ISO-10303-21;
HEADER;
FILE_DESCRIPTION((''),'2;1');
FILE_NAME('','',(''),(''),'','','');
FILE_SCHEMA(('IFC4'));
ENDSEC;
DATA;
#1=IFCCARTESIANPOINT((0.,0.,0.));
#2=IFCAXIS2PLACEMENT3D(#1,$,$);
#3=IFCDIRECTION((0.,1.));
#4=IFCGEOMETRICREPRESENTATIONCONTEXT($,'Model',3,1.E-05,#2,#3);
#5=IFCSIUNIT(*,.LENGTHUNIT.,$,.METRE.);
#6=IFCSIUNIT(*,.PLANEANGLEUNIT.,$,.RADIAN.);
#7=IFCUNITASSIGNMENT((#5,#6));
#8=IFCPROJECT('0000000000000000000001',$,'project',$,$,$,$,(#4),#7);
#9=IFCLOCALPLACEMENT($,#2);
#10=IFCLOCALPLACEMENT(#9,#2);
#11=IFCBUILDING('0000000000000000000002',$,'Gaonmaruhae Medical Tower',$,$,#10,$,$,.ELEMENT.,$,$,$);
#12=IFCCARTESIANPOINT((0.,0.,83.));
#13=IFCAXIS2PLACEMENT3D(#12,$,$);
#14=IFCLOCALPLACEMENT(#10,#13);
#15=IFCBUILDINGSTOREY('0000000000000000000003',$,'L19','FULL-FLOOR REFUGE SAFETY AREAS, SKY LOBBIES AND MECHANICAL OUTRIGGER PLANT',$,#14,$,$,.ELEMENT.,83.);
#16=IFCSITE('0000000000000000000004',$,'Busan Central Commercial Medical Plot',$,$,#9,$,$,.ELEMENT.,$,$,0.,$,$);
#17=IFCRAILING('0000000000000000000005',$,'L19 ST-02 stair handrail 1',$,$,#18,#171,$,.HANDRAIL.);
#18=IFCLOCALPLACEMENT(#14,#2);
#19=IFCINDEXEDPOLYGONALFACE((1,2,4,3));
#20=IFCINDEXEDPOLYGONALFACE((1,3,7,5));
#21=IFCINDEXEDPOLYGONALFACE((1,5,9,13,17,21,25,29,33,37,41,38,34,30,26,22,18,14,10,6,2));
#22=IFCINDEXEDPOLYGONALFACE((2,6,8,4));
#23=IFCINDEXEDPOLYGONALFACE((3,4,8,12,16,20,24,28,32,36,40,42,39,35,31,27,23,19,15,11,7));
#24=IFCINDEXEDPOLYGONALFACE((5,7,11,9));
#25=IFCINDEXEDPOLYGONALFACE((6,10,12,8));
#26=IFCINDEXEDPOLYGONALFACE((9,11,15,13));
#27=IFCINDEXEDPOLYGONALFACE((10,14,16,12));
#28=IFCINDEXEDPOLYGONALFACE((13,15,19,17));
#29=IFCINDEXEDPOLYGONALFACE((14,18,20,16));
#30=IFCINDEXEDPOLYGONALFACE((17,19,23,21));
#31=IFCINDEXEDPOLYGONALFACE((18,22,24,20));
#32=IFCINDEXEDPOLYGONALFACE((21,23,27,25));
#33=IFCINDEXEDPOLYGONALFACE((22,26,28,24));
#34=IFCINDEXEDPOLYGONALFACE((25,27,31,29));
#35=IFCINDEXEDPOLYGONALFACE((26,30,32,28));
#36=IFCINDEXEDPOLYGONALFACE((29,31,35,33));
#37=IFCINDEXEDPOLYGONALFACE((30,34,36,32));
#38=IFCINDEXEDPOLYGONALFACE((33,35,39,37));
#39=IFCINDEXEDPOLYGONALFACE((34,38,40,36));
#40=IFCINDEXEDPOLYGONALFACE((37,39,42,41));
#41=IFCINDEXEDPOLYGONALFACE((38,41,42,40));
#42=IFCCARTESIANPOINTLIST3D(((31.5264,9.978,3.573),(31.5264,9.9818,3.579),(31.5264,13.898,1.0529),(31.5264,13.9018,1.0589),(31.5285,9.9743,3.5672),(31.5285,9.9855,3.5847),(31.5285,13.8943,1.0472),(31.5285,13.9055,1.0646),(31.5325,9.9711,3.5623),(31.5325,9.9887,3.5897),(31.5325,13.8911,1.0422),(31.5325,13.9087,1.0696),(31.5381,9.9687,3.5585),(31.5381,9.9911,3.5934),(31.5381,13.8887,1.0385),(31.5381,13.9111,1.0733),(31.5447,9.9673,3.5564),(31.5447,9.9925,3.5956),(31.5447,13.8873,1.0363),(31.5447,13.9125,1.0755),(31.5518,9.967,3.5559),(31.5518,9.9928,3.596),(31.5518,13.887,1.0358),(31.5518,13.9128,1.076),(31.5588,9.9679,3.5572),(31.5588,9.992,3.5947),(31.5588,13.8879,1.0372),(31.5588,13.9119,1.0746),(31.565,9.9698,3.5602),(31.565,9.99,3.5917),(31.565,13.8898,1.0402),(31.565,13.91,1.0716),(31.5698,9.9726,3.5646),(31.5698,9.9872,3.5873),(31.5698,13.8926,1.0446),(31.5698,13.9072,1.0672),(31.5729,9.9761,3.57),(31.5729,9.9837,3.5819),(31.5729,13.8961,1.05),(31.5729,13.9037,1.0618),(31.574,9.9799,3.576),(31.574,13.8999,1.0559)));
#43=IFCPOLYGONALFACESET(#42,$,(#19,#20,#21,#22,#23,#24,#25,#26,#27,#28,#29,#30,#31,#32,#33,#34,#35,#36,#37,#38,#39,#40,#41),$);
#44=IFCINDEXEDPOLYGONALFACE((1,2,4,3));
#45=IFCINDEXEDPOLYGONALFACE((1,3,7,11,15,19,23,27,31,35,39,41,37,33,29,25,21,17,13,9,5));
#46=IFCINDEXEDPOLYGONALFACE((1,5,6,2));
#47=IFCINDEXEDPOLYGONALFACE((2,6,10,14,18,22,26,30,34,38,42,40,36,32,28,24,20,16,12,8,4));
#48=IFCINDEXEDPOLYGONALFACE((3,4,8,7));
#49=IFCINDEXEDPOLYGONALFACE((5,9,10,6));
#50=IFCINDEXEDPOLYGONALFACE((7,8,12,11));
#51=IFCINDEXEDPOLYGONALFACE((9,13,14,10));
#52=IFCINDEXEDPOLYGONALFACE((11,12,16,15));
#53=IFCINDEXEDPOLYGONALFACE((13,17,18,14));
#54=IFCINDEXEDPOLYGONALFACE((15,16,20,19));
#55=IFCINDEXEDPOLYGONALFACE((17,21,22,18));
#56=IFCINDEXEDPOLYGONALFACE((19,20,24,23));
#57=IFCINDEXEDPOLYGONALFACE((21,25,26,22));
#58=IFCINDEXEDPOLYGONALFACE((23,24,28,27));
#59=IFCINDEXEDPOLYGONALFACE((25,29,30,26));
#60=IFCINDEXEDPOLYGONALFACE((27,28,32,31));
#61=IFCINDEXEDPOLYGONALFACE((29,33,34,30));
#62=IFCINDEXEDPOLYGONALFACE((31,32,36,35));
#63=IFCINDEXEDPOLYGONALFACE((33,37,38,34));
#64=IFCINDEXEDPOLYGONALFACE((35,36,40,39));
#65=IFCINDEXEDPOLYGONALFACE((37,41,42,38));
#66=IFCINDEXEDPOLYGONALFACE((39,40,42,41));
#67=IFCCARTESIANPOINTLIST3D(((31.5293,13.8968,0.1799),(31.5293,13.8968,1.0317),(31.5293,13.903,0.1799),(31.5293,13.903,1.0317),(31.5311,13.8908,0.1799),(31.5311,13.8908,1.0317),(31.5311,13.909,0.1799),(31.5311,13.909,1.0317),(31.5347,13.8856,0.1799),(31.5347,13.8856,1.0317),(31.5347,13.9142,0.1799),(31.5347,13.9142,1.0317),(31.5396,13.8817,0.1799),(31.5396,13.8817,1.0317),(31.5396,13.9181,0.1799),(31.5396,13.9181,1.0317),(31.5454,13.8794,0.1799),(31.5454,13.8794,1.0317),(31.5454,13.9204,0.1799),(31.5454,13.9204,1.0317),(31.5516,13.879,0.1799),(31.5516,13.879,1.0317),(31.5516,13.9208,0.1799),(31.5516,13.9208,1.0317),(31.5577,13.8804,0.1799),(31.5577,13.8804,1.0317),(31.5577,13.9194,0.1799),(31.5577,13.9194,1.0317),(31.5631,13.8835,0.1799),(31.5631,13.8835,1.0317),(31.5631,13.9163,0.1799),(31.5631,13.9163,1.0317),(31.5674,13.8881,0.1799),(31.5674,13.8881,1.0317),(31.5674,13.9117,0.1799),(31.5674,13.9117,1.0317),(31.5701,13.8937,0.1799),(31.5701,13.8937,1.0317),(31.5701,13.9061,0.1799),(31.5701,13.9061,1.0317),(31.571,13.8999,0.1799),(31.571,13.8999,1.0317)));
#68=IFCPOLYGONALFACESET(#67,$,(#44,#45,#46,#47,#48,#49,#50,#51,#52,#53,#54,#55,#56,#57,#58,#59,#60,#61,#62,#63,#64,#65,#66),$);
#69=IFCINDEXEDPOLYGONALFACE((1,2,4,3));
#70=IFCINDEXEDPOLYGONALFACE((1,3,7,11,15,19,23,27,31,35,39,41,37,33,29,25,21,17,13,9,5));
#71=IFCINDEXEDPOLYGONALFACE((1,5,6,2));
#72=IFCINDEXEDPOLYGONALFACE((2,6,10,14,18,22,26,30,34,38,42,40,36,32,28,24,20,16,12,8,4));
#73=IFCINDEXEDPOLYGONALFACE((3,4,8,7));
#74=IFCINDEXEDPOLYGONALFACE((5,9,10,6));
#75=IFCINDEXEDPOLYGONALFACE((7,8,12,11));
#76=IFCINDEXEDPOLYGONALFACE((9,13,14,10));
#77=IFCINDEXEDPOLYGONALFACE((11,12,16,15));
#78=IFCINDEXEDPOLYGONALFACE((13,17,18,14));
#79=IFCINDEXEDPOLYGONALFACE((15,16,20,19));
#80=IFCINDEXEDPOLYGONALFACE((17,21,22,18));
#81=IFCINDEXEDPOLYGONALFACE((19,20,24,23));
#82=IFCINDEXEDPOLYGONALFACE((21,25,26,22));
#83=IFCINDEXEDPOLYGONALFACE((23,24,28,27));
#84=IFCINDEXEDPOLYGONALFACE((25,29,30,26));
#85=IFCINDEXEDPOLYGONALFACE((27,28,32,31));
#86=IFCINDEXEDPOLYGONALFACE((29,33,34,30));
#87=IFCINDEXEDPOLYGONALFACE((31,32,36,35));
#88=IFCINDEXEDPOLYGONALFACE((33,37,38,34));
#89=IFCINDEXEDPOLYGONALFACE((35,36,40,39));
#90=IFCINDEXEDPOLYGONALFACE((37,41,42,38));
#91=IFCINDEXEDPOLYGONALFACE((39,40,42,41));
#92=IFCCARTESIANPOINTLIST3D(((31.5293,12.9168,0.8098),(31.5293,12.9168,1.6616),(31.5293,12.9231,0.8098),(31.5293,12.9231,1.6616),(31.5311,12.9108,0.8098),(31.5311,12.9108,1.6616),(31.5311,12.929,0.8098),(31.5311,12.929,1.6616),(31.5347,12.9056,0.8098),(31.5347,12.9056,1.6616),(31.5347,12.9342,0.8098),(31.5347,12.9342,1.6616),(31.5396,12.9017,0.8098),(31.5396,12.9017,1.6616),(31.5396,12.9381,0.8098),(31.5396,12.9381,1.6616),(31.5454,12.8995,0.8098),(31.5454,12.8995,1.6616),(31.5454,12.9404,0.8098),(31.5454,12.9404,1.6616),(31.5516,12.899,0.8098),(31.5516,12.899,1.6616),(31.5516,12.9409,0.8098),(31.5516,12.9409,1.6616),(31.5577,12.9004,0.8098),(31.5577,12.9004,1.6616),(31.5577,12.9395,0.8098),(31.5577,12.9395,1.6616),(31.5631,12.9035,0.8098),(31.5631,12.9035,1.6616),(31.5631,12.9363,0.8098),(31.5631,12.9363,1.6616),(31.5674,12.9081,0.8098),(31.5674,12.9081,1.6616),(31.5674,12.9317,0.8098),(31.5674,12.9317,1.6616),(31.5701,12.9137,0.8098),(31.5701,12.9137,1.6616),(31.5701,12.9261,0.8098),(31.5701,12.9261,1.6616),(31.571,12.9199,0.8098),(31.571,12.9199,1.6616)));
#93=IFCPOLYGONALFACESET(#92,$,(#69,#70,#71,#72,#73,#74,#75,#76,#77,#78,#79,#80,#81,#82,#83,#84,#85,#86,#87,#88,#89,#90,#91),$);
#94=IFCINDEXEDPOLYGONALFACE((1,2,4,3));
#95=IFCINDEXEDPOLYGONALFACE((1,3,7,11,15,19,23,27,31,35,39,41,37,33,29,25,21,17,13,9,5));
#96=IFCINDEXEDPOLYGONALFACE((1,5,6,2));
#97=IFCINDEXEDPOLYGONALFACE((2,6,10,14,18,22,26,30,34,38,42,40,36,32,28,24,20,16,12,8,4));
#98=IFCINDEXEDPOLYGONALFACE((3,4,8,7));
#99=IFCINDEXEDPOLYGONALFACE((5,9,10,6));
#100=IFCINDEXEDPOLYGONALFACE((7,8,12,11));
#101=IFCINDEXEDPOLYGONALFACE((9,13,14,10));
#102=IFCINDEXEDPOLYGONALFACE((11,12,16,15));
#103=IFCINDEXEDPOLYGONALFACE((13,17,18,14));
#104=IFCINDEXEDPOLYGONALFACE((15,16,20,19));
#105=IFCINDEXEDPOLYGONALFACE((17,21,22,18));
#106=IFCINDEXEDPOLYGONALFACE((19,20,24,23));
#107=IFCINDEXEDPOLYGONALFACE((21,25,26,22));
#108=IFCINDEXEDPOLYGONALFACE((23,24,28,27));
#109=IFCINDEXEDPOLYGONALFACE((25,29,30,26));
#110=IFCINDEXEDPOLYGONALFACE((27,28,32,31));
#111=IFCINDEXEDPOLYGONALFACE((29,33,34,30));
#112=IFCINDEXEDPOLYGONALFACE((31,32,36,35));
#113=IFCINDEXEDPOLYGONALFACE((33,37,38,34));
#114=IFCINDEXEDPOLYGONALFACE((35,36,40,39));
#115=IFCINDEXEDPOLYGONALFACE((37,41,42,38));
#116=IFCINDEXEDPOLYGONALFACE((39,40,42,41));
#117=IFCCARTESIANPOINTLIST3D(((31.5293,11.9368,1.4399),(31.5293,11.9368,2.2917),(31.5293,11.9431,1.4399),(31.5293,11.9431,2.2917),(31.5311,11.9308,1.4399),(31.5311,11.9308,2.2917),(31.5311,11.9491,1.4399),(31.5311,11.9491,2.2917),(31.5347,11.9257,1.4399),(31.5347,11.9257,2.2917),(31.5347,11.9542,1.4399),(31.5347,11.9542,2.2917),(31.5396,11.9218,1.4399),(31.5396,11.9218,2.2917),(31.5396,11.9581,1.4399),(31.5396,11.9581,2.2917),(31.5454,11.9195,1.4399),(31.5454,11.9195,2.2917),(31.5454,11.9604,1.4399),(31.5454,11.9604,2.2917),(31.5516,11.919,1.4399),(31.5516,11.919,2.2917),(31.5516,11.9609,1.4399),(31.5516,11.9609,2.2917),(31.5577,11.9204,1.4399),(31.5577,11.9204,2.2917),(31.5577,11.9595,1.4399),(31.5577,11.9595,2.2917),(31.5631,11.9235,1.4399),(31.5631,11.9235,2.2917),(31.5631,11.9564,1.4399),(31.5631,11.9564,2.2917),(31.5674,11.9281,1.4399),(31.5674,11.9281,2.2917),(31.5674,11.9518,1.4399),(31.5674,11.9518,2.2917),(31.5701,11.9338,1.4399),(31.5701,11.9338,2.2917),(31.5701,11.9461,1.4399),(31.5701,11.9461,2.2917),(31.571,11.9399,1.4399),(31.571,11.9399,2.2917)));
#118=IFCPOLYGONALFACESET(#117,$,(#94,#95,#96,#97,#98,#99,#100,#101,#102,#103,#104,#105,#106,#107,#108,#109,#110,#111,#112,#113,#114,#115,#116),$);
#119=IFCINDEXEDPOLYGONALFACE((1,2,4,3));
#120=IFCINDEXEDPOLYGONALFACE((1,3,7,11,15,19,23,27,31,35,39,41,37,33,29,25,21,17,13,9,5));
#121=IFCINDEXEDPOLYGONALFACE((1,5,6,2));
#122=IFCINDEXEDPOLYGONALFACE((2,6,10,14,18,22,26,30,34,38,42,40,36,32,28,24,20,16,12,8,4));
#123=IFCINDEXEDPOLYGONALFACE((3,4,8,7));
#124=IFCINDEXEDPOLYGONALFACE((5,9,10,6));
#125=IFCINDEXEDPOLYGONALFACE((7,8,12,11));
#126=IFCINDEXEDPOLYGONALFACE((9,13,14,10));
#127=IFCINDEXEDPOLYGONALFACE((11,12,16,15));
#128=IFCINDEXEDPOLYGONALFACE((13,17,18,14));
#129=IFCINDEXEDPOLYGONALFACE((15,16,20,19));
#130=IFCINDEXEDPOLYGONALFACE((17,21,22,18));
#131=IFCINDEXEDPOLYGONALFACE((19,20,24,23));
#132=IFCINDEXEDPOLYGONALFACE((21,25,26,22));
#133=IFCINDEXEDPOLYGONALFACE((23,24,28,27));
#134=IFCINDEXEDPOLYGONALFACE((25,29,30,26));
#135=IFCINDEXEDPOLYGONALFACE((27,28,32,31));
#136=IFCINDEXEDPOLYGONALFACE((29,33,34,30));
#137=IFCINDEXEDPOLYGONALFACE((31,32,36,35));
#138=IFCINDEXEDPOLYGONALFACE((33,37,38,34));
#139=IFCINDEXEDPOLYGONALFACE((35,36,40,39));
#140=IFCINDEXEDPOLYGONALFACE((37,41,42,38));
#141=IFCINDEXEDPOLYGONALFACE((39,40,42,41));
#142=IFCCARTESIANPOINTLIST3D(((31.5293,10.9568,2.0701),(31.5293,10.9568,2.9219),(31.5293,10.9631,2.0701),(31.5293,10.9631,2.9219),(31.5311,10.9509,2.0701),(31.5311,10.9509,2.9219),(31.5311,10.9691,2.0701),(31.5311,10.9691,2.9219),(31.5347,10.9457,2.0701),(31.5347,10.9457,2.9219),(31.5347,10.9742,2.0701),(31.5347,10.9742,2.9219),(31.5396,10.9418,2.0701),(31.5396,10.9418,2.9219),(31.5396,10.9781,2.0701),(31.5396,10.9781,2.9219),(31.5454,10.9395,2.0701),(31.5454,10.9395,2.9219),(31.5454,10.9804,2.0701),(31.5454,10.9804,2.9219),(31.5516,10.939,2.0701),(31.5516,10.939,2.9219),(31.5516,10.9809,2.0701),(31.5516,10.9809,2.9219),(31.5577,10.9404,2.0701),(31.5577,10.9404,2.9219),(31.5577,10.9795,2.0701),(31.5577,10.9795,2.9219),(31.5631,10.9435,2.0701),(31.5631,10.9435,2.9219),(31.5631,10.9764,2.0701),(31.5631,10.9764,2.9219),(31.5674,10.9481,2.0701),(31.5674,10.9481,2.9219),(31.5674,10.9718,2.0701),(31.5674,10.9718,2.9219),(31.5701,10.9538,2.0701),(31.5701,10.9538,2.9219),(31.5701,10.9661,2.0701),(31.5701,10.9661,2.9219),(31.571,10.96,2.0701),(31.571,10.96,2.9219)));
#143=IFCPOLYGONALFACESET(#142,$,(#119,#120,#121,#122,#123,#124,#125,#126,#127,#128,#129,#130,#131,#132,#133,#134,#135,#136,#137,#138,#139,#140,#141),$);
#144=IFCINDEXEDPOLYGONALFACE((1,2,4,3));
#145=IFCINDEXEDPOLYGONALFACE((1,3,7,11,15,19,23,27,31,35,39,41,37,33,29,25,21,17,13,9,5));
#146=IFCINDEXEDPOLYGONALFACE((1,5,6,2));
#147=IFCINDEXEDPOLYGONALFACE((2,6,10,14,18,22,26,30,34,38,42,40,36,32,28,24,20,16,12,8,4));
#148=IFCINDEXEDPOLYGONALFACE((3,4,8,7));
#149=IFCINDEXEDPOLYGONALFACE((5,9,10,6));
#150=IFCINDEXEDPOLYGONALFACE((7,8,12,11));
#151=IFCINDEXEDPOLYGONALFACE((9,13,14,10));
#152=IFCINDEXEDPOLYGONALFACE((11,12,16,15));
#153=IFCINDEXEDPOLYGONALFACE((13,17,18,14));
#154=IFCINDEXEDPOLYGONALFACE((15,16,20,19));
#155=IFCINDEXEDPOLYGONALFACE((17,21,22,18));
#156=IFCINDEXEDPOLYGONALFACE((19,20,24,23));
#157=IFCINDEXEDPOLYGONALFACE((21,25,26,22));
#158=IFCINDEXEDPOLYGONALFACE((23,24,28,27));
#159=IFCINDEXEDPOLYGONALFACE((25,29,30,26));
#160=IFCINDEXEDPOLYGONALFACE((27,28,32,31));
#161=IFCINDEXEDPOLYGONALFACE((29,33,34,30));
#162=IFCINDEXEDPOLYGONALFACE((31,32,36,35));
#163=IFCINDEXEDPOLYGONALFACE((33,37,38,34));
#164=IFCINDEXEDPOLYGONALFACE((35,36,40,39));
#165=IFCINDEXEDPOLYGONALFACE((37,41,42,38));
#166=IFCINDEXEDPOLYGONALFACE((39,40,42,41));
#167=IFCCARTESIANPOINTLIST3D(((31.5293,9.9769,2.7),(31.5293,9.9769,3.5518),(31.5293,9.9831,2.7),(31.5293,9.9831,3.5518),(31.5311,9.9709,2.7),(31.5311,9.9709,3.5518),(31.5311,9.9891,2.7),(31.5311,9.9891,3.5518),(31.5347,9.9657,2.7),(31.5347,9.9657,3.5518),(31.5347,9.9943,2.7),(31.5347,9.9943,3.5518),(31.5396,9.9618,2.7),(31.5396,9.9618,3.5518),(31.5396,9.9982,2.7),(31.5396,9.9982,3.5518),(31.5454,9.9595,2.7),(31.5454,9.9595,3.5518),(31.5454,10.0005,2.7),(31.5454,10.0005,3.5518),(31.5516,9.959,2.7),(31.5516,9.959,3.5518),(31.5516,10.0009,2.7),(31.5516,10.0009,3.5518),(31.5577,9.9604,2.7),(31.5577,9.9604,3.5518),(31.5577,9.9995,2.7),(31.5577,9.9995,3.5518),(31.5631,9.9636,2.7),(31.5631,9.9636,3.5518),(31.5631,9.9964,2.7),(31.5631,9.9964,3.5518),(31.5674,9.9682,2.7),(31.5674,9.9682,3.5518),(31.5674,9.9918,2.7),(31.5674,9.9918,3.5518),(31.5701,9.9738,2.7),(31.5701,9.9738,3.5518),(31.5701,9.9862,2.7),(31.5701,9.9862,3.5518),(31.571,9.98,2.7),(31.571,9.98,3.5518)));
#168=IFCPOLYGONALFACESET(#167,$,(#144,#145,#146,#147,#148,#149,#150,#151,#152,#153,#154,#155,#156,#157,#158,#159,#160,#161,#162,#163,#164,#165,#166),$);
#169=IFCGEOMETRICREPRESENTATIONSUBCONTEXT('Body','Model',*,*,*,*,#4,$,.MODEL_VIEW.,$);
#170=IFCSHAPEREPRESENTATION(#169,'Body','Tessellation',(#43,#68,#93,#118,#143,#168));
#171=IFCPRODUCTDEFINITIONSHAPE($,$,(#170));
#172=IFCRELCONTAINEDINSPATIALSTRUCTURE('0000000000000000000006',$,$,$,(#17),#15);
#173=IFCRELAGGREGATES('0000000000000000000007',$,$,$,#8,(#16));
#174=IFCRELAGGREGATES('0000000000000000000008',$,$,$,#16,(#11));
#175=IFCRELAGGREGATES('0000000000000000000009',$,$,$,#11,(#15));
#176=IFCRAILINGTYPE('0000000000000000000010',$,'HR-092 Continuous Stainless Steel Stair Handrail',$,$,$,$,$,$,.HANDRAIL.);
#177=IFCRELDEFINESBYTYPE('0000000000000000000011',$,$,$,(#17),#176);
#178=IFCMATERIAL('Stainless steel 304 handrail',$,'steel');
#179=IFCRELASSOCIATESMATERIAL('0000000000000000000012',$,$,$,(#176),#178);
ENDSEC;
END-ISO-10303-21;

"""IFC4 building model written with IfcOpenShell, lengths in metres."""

from ifc_helpers import new_model, si_unit, direction, frame, origin, origin_2d, place, context, subcontext, project, spatial, circle, extrude, material, type_object, element, save


model = new_model("IFC4")

# Units and contexts
model_context = context("Model", 3, precision=1e-05, world=origin(), true_north=direction((0.0, 1.0)))
body_context = subcontext(model_context, "Body", "Model", "MODEL_VIEW")
ifc_project = project(units=[si_unit("LENGTHUNIT", "METRE"), si_unit("PLANEANGLEUNIT", "RADIAN")], contexts=[model_context])

# Site, building, storey
site_placement = place(None, origin())
site = spatial("IfcSite", under=ifc_project, at=site_placement, Name="Busan Central Commercial Medical Plot", CompositionType="ELEMENT", RefElevation=0.0)
building_placement = place(site_placement, origin())
building = spatial("IfcBuilding", under=site, at=building_placement, Name="Gaonmaruhae Medical Tower", CompositionType="ELEMENT")
storey_placement = place(building_placement, frame((0.0, 0.0, 83.0)))
storey = spatial("IfcBuildingStorey", under=building, at=storey_placement, Name="L19", Description="FULL-FLOOR REFUGE SAFETY AREAS, SKY LOBBIES AND MECHANICAL OUTRIGGER PLANT", CompositionType="ELEMENT", Elevation=83.0)

# Railing
ifc_material_1 = material(Name="Stainless steel 304 handrail", Category="steel")
railing_type_1 = type_object("IfcRailingType", Name="HR-092 Continuous Stainless Steel Stair Handrail", PredefinedType="HANDRAIL", material=ifc_material_1)
railing_1_placement = place(storey_placement, frame((31.55, 13.8999, 0.1799)))
element("IfcRailing", 1, at=railing_1_placement, inside=storey, type_object=railing_type_1, Name="L19 ST-02 stair handrail 1", PredefinedType="HANDRAIL", context=body_context, shape_type="SweptSolid", body=[
    extrude(circle(Radius=0.0239, at=origin_2d()), frame((0.0, 0.0, 0.876), z_axis=(0.0, -0.841172, 0.540768), x_axis=(1.0, 0.0, 0.0)), (0.0, 0.0, 1.0), 4.6602),
    extrude(circle(Radius=0.021, at=origin_2d()), origin(), (0.0, 0.0, 1.0), 0.8518),
    extrude(circle(Radius=0.021, at=origin_2d()), frame((0.0, -0.98, 0.6299)), (0.0, 0.0, 1.0), 0.8518),
    extrude(circle(Radius=0.021, at=origin_2d()), frame((0.0, -1.96, 1.26)), (0.0, 0.0, 1.0), 0.8518),
    extrude(circle(Radius=0.021, at=origin_2d()), frame((0.0, -2.9399, 1.8901)), (0.0, 0.0, 1.0), 0.8518),
    extrude(circle(Radius=0.021, at=origin_2d()), frame((0.0, -3.9199, 2.52)), (0.0, 0.0, 1.0), 0.8518),
])

save(model, "model.ifc")
